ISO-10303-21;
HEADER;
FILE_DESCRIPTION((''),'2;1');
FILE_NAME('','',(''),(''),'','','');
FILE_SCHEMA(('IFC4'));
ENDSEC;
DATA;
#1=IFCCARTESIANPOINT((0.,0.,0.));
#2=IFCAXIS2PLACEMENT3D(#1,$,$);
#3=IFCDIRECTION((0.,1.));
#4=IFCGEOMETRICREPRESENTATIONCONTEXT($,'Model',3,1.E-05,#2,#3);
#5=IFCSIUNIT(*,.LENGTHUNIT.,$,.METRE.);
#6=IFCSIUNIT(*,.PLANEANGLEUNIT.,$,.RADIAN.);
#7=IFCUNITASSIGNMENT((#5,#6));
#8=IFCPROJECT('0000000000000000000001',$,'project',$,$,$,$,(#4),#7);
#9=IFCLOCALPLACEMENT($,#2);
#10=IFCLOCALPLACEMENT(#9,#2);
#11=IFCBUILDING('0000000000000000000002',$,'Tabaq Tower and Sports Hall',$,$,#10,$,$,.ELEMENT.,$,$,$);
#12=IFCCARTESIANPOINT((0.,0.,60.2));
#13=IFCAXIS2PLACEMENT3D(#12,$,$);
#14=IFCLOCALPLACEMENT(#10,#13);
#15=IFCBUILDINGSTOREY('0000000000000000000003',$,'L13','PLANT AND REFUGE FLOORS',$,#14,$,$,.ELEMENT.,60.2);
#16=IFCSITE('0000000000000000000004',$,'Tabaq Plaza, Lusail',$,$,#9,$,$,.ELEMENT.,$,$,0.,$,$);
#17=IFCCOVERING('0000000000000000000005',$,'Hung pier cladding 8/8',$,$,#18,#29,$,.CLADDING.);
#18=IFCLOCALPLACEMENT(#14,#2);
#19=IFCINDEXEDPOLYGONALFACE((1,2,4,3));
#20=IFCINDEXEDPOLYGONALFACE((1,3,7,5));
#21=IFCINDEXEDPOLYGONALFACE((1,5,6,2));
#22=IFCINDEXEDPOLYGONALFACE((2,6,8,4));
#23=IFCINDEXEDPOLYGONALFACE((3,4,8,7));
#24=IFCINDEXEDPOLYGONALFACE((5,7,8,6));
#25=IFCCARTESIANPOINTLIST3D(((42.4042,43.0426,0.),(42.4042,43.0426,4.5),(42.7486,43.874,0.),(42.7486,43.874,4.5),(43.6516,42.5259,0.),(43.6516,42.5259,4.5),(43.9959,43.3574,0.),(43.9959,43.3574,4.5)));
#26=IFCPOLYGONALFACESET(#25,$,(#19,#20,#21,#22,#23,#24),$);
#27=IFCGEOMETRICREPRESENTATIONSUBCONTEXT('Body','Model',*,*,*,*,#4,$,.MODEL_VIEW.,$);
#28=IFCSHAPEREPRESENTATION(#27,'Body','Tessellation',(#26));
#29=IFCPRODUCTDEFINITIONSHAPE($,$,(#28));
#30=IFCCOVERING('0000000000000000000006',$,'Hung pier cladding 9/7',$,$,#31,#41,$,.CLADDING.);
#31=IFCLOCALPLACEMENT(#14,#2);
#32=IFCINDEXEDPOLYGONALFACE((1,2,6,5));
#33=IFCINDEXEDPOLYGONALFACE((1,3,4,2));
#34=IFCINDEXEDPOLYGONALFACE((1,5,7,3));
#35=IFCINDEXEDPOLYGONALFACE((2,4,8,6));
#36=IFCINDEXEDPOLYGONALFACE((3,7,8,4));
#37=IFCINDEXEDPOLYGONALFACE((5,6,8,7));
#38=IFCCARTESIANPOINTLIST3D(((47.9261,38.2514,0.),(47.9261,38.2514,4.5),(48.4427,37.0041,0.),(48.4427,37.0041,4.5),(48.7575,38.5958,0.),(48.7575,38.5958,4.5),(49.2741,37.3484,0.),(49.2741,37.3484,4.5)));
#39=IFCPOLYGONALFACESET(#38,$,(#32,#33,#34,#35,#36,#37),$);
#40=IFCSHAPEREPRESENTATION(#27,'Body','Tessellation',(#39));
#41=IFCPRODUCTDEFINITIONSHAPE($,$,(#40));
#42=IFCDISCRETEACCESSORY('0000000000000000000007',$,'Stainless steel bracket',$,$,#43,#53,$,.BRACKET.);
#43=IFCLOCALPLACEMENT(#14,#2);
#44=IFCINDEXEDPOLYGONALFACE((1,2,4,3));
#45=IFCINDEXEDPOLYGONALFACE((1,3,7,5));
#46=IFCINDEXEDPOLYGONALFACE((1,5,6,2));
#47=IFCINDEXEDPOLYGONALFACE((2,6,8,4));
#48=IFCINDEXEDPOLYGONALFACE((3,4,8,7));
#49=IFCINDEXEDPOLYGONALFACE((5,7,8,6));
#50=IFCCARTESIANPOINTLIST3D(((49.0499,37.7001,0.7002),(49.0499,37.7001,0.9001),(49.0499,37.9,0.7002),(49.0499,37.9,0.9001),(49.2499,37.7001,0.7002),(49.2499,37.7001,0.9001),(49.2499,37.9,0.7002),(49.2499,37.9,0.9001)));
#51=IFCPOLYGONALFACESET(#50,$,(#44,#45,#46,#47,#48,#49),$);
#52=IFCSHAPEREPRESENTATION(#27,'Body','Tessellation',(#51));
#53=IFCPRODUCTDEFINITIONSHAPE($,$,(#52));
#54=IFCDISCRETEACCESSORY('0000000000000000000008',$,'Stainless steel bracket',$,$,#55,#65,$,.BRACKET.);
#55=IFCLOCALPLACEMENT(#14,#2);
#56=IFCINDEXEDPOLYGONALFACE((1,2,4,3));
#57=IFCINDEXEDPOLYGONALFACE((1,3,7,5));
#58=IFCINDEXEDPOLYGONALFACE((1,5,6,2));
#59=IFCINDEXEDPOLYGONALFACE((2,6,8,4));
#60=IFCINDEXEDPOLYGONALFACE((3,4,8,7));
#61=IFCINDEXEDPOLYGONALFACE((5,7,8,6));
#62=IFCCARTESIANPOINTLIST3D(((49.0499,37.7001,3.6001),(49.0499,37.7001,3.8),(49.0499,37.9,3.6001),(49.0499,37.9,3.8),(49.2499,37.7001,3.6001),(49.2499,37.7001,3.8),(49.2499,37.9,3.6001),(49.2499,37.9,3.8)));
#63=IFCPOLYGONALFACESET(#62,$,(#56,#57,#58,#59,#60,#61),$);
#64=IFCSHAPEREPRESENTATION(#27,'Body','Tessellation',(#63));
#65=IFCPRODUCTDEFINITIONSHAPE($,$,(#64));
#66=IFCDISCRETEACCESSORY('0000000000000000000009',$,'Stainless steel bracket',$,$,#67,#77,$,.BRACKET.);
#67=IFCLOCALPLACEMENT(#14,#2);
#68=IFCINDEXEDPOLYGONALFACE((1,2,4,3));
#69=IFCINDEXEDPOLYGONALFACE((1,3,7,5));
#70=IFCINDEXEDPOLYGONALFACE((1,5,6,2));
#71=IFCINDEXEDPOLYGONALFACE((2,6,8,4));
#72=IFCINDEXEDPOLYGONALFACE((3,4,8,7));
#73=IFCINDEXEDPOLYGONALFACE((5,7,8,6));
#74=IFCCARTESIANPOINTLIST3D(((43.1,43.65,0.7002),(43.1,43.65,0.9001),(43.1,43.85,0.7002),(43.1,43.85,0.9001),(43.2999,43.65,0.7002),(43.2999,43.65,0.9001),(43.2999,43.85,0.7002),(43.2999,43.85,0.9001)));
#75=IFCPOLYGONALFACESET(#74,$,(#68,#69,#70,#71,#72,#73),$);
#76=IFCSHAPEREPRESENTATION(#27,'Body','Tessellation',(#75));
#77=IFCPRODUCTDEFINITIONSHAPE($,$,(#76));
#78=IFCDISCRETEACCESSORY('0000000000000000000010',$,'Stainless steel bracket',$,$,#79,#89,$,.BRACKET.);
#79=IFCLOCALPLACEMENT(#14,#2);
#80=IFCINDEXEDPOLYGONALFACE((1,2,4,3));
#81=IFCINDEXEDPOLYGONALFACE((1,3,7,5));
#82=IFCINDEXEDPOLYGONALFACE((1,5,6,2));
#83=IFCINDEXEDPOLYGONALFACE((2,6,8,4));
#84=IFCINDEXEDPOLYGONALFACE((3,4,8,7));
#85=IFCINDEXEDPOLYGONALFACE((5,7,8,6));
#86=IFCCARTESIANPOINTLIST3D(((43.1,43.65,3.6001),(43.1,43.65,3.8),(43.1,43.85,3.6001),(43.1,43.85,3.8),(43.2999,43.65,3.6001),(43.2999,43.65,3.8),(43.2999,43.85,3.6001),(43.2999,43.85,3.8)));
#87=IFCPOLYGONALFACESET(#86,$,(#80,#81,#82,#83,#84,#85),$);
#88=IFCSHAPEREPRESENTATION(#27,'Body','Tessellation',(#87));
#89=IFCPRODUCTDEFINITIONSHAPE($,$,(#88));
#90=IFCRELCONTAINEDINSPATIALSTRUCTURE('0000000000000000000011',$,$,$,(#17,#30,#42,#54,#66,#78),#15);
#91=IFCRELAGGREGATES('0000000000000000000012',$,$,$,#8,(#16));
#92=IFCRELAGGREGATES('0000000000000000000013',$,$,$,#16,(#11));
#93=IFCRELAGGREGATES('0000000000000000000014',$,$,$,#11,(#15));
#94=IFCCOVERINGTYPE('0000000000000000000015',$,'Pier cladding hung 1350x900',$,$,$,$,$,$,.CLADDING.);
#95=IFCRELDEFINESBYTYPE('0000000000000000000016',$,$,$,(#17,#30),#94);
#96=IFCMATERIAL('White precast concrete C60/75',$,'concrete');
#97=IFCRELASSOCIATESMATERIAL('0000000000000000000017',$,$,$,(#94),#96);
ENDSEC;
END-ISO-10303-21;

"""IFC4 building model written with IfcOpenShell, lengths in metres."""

from ifc_helpers import new_model, si_unit, direction, frame, frame_2d, origin, origin_2d, place, context, subcontext, project, spatial, rectangle, extrude, material, type_object, element, save


model = new_model("IFC4")

# Units and contexts
model_context = context("Model", 3, precision=1e-05, world=origin(), true_north=direction((0.0, 1.0)))
body_context = subcontext(model_context, "Body", "Model", "MODEL_VIEW")
ifc_project = project(units=[si_unit("LENGTHUNIT", "METRE"), si_unit("PLANEANGLEUNIT", "RADIAN")], contexts=[model_context])

# Site, building, storey
site_placement = place(None, origin())
site = spatial("IfcSite", under=ifc_project, at=site_placement, Name="Tabaq Plaza, Lusail", CompositionType="ELEMENT", RefElevation=0.0)
building_placement = place(site_placement, origin())
building = spatial("IfcBuilding", under=site, at=building_placement, Name="Tabaq Tower and Sports Hall", CompositionType="ELEMENT")
storey_placement = place(building_placement, frame((0.0, 0.0, 60.2)))
storey = spatial("IfcBuildingStorey", under=building, at=storey_placement, Name="L13", Description="PLANT AND REFUGE FLOORS", CompositionType="ELEMENT", Elevation=60.2)

# Coverings
ifc_material_1 = material(Name="White precast concrete C60/75", Category="concrete")
covering_type_1 = type_object("IfcCoveringType", Name="Pier cladding hung 1350x900", PredefinedType="CLADDING", material=ifc_material_1)
for number, where, z_axis, x_axis, name in (
    (1, (43.8237, 42.9417, 0.0), (0.0, 0.0, 1.0), (-0.923893, 0.38265, 0.0), "Hung pier cladding 8/8"),
    (2, (48.8584, 37.1763, 0.0), (0.0, 0.0, 1.0), (-0.38265, 0.923893, 0.0), "Hung pier cladding 9/7"),
):
    element("IfcCovering", number, at=place(storey_placement, frame(where, z_axis=z_axis, x_axis=x_axis)), inside=storey, type_object=covering_type_1, Name=name, PredefinedType="CLADDING", context=body_context, shape_type="SweptSolid", body=[
        extrude(rectangle(XDim=1.3501, YDim=0.8999, at=frame_2d((0.675, 0.0))), origin(), (0.0, 0.0, 1.0), 4.5),
    ])

# Discrete accessories
for number, where, z_axis, x_axis, name in (
    (3, (49.1499, 37.8, 0.7002), (0.0, 0.0, 1.0), (-1.0, 0.0, 0.0), "Stainless steel bracket"),
    (4, (49.1499, 37.8, 3.6001), (0.0, 0.0, 1.0), (-1.0, 0.0, 0.0), "Stainless steel bracket"),
    (5, (43.2, 43.75, 0.7002), (0.0, 0.0, 1.0), (0.0, -1.0, 0.0), "Stainless steel bracket"),
    (6, (43.2, 43.75, 3.6001), (0.0, 0.0, 1.0), (0.0, -1.0, 0.0), "Stainless steel bracket"),
):
    element("IfcDiscreteAccessory", number, at=place(storey_placement, frame(where, z_axis=z_axis, x_axis=x_axis)), inside=storey, Name=name, PredefinedType="BRACKET", context=body_context, shape_type="SweptSolid", body=[
        extrude(rectangle(XDim=0.2, YDim=0.2, at=origin_2d()), origin(), (0.0, 0.0, 1.0), 0.2),
    ])

save(model, "model.ifc")
